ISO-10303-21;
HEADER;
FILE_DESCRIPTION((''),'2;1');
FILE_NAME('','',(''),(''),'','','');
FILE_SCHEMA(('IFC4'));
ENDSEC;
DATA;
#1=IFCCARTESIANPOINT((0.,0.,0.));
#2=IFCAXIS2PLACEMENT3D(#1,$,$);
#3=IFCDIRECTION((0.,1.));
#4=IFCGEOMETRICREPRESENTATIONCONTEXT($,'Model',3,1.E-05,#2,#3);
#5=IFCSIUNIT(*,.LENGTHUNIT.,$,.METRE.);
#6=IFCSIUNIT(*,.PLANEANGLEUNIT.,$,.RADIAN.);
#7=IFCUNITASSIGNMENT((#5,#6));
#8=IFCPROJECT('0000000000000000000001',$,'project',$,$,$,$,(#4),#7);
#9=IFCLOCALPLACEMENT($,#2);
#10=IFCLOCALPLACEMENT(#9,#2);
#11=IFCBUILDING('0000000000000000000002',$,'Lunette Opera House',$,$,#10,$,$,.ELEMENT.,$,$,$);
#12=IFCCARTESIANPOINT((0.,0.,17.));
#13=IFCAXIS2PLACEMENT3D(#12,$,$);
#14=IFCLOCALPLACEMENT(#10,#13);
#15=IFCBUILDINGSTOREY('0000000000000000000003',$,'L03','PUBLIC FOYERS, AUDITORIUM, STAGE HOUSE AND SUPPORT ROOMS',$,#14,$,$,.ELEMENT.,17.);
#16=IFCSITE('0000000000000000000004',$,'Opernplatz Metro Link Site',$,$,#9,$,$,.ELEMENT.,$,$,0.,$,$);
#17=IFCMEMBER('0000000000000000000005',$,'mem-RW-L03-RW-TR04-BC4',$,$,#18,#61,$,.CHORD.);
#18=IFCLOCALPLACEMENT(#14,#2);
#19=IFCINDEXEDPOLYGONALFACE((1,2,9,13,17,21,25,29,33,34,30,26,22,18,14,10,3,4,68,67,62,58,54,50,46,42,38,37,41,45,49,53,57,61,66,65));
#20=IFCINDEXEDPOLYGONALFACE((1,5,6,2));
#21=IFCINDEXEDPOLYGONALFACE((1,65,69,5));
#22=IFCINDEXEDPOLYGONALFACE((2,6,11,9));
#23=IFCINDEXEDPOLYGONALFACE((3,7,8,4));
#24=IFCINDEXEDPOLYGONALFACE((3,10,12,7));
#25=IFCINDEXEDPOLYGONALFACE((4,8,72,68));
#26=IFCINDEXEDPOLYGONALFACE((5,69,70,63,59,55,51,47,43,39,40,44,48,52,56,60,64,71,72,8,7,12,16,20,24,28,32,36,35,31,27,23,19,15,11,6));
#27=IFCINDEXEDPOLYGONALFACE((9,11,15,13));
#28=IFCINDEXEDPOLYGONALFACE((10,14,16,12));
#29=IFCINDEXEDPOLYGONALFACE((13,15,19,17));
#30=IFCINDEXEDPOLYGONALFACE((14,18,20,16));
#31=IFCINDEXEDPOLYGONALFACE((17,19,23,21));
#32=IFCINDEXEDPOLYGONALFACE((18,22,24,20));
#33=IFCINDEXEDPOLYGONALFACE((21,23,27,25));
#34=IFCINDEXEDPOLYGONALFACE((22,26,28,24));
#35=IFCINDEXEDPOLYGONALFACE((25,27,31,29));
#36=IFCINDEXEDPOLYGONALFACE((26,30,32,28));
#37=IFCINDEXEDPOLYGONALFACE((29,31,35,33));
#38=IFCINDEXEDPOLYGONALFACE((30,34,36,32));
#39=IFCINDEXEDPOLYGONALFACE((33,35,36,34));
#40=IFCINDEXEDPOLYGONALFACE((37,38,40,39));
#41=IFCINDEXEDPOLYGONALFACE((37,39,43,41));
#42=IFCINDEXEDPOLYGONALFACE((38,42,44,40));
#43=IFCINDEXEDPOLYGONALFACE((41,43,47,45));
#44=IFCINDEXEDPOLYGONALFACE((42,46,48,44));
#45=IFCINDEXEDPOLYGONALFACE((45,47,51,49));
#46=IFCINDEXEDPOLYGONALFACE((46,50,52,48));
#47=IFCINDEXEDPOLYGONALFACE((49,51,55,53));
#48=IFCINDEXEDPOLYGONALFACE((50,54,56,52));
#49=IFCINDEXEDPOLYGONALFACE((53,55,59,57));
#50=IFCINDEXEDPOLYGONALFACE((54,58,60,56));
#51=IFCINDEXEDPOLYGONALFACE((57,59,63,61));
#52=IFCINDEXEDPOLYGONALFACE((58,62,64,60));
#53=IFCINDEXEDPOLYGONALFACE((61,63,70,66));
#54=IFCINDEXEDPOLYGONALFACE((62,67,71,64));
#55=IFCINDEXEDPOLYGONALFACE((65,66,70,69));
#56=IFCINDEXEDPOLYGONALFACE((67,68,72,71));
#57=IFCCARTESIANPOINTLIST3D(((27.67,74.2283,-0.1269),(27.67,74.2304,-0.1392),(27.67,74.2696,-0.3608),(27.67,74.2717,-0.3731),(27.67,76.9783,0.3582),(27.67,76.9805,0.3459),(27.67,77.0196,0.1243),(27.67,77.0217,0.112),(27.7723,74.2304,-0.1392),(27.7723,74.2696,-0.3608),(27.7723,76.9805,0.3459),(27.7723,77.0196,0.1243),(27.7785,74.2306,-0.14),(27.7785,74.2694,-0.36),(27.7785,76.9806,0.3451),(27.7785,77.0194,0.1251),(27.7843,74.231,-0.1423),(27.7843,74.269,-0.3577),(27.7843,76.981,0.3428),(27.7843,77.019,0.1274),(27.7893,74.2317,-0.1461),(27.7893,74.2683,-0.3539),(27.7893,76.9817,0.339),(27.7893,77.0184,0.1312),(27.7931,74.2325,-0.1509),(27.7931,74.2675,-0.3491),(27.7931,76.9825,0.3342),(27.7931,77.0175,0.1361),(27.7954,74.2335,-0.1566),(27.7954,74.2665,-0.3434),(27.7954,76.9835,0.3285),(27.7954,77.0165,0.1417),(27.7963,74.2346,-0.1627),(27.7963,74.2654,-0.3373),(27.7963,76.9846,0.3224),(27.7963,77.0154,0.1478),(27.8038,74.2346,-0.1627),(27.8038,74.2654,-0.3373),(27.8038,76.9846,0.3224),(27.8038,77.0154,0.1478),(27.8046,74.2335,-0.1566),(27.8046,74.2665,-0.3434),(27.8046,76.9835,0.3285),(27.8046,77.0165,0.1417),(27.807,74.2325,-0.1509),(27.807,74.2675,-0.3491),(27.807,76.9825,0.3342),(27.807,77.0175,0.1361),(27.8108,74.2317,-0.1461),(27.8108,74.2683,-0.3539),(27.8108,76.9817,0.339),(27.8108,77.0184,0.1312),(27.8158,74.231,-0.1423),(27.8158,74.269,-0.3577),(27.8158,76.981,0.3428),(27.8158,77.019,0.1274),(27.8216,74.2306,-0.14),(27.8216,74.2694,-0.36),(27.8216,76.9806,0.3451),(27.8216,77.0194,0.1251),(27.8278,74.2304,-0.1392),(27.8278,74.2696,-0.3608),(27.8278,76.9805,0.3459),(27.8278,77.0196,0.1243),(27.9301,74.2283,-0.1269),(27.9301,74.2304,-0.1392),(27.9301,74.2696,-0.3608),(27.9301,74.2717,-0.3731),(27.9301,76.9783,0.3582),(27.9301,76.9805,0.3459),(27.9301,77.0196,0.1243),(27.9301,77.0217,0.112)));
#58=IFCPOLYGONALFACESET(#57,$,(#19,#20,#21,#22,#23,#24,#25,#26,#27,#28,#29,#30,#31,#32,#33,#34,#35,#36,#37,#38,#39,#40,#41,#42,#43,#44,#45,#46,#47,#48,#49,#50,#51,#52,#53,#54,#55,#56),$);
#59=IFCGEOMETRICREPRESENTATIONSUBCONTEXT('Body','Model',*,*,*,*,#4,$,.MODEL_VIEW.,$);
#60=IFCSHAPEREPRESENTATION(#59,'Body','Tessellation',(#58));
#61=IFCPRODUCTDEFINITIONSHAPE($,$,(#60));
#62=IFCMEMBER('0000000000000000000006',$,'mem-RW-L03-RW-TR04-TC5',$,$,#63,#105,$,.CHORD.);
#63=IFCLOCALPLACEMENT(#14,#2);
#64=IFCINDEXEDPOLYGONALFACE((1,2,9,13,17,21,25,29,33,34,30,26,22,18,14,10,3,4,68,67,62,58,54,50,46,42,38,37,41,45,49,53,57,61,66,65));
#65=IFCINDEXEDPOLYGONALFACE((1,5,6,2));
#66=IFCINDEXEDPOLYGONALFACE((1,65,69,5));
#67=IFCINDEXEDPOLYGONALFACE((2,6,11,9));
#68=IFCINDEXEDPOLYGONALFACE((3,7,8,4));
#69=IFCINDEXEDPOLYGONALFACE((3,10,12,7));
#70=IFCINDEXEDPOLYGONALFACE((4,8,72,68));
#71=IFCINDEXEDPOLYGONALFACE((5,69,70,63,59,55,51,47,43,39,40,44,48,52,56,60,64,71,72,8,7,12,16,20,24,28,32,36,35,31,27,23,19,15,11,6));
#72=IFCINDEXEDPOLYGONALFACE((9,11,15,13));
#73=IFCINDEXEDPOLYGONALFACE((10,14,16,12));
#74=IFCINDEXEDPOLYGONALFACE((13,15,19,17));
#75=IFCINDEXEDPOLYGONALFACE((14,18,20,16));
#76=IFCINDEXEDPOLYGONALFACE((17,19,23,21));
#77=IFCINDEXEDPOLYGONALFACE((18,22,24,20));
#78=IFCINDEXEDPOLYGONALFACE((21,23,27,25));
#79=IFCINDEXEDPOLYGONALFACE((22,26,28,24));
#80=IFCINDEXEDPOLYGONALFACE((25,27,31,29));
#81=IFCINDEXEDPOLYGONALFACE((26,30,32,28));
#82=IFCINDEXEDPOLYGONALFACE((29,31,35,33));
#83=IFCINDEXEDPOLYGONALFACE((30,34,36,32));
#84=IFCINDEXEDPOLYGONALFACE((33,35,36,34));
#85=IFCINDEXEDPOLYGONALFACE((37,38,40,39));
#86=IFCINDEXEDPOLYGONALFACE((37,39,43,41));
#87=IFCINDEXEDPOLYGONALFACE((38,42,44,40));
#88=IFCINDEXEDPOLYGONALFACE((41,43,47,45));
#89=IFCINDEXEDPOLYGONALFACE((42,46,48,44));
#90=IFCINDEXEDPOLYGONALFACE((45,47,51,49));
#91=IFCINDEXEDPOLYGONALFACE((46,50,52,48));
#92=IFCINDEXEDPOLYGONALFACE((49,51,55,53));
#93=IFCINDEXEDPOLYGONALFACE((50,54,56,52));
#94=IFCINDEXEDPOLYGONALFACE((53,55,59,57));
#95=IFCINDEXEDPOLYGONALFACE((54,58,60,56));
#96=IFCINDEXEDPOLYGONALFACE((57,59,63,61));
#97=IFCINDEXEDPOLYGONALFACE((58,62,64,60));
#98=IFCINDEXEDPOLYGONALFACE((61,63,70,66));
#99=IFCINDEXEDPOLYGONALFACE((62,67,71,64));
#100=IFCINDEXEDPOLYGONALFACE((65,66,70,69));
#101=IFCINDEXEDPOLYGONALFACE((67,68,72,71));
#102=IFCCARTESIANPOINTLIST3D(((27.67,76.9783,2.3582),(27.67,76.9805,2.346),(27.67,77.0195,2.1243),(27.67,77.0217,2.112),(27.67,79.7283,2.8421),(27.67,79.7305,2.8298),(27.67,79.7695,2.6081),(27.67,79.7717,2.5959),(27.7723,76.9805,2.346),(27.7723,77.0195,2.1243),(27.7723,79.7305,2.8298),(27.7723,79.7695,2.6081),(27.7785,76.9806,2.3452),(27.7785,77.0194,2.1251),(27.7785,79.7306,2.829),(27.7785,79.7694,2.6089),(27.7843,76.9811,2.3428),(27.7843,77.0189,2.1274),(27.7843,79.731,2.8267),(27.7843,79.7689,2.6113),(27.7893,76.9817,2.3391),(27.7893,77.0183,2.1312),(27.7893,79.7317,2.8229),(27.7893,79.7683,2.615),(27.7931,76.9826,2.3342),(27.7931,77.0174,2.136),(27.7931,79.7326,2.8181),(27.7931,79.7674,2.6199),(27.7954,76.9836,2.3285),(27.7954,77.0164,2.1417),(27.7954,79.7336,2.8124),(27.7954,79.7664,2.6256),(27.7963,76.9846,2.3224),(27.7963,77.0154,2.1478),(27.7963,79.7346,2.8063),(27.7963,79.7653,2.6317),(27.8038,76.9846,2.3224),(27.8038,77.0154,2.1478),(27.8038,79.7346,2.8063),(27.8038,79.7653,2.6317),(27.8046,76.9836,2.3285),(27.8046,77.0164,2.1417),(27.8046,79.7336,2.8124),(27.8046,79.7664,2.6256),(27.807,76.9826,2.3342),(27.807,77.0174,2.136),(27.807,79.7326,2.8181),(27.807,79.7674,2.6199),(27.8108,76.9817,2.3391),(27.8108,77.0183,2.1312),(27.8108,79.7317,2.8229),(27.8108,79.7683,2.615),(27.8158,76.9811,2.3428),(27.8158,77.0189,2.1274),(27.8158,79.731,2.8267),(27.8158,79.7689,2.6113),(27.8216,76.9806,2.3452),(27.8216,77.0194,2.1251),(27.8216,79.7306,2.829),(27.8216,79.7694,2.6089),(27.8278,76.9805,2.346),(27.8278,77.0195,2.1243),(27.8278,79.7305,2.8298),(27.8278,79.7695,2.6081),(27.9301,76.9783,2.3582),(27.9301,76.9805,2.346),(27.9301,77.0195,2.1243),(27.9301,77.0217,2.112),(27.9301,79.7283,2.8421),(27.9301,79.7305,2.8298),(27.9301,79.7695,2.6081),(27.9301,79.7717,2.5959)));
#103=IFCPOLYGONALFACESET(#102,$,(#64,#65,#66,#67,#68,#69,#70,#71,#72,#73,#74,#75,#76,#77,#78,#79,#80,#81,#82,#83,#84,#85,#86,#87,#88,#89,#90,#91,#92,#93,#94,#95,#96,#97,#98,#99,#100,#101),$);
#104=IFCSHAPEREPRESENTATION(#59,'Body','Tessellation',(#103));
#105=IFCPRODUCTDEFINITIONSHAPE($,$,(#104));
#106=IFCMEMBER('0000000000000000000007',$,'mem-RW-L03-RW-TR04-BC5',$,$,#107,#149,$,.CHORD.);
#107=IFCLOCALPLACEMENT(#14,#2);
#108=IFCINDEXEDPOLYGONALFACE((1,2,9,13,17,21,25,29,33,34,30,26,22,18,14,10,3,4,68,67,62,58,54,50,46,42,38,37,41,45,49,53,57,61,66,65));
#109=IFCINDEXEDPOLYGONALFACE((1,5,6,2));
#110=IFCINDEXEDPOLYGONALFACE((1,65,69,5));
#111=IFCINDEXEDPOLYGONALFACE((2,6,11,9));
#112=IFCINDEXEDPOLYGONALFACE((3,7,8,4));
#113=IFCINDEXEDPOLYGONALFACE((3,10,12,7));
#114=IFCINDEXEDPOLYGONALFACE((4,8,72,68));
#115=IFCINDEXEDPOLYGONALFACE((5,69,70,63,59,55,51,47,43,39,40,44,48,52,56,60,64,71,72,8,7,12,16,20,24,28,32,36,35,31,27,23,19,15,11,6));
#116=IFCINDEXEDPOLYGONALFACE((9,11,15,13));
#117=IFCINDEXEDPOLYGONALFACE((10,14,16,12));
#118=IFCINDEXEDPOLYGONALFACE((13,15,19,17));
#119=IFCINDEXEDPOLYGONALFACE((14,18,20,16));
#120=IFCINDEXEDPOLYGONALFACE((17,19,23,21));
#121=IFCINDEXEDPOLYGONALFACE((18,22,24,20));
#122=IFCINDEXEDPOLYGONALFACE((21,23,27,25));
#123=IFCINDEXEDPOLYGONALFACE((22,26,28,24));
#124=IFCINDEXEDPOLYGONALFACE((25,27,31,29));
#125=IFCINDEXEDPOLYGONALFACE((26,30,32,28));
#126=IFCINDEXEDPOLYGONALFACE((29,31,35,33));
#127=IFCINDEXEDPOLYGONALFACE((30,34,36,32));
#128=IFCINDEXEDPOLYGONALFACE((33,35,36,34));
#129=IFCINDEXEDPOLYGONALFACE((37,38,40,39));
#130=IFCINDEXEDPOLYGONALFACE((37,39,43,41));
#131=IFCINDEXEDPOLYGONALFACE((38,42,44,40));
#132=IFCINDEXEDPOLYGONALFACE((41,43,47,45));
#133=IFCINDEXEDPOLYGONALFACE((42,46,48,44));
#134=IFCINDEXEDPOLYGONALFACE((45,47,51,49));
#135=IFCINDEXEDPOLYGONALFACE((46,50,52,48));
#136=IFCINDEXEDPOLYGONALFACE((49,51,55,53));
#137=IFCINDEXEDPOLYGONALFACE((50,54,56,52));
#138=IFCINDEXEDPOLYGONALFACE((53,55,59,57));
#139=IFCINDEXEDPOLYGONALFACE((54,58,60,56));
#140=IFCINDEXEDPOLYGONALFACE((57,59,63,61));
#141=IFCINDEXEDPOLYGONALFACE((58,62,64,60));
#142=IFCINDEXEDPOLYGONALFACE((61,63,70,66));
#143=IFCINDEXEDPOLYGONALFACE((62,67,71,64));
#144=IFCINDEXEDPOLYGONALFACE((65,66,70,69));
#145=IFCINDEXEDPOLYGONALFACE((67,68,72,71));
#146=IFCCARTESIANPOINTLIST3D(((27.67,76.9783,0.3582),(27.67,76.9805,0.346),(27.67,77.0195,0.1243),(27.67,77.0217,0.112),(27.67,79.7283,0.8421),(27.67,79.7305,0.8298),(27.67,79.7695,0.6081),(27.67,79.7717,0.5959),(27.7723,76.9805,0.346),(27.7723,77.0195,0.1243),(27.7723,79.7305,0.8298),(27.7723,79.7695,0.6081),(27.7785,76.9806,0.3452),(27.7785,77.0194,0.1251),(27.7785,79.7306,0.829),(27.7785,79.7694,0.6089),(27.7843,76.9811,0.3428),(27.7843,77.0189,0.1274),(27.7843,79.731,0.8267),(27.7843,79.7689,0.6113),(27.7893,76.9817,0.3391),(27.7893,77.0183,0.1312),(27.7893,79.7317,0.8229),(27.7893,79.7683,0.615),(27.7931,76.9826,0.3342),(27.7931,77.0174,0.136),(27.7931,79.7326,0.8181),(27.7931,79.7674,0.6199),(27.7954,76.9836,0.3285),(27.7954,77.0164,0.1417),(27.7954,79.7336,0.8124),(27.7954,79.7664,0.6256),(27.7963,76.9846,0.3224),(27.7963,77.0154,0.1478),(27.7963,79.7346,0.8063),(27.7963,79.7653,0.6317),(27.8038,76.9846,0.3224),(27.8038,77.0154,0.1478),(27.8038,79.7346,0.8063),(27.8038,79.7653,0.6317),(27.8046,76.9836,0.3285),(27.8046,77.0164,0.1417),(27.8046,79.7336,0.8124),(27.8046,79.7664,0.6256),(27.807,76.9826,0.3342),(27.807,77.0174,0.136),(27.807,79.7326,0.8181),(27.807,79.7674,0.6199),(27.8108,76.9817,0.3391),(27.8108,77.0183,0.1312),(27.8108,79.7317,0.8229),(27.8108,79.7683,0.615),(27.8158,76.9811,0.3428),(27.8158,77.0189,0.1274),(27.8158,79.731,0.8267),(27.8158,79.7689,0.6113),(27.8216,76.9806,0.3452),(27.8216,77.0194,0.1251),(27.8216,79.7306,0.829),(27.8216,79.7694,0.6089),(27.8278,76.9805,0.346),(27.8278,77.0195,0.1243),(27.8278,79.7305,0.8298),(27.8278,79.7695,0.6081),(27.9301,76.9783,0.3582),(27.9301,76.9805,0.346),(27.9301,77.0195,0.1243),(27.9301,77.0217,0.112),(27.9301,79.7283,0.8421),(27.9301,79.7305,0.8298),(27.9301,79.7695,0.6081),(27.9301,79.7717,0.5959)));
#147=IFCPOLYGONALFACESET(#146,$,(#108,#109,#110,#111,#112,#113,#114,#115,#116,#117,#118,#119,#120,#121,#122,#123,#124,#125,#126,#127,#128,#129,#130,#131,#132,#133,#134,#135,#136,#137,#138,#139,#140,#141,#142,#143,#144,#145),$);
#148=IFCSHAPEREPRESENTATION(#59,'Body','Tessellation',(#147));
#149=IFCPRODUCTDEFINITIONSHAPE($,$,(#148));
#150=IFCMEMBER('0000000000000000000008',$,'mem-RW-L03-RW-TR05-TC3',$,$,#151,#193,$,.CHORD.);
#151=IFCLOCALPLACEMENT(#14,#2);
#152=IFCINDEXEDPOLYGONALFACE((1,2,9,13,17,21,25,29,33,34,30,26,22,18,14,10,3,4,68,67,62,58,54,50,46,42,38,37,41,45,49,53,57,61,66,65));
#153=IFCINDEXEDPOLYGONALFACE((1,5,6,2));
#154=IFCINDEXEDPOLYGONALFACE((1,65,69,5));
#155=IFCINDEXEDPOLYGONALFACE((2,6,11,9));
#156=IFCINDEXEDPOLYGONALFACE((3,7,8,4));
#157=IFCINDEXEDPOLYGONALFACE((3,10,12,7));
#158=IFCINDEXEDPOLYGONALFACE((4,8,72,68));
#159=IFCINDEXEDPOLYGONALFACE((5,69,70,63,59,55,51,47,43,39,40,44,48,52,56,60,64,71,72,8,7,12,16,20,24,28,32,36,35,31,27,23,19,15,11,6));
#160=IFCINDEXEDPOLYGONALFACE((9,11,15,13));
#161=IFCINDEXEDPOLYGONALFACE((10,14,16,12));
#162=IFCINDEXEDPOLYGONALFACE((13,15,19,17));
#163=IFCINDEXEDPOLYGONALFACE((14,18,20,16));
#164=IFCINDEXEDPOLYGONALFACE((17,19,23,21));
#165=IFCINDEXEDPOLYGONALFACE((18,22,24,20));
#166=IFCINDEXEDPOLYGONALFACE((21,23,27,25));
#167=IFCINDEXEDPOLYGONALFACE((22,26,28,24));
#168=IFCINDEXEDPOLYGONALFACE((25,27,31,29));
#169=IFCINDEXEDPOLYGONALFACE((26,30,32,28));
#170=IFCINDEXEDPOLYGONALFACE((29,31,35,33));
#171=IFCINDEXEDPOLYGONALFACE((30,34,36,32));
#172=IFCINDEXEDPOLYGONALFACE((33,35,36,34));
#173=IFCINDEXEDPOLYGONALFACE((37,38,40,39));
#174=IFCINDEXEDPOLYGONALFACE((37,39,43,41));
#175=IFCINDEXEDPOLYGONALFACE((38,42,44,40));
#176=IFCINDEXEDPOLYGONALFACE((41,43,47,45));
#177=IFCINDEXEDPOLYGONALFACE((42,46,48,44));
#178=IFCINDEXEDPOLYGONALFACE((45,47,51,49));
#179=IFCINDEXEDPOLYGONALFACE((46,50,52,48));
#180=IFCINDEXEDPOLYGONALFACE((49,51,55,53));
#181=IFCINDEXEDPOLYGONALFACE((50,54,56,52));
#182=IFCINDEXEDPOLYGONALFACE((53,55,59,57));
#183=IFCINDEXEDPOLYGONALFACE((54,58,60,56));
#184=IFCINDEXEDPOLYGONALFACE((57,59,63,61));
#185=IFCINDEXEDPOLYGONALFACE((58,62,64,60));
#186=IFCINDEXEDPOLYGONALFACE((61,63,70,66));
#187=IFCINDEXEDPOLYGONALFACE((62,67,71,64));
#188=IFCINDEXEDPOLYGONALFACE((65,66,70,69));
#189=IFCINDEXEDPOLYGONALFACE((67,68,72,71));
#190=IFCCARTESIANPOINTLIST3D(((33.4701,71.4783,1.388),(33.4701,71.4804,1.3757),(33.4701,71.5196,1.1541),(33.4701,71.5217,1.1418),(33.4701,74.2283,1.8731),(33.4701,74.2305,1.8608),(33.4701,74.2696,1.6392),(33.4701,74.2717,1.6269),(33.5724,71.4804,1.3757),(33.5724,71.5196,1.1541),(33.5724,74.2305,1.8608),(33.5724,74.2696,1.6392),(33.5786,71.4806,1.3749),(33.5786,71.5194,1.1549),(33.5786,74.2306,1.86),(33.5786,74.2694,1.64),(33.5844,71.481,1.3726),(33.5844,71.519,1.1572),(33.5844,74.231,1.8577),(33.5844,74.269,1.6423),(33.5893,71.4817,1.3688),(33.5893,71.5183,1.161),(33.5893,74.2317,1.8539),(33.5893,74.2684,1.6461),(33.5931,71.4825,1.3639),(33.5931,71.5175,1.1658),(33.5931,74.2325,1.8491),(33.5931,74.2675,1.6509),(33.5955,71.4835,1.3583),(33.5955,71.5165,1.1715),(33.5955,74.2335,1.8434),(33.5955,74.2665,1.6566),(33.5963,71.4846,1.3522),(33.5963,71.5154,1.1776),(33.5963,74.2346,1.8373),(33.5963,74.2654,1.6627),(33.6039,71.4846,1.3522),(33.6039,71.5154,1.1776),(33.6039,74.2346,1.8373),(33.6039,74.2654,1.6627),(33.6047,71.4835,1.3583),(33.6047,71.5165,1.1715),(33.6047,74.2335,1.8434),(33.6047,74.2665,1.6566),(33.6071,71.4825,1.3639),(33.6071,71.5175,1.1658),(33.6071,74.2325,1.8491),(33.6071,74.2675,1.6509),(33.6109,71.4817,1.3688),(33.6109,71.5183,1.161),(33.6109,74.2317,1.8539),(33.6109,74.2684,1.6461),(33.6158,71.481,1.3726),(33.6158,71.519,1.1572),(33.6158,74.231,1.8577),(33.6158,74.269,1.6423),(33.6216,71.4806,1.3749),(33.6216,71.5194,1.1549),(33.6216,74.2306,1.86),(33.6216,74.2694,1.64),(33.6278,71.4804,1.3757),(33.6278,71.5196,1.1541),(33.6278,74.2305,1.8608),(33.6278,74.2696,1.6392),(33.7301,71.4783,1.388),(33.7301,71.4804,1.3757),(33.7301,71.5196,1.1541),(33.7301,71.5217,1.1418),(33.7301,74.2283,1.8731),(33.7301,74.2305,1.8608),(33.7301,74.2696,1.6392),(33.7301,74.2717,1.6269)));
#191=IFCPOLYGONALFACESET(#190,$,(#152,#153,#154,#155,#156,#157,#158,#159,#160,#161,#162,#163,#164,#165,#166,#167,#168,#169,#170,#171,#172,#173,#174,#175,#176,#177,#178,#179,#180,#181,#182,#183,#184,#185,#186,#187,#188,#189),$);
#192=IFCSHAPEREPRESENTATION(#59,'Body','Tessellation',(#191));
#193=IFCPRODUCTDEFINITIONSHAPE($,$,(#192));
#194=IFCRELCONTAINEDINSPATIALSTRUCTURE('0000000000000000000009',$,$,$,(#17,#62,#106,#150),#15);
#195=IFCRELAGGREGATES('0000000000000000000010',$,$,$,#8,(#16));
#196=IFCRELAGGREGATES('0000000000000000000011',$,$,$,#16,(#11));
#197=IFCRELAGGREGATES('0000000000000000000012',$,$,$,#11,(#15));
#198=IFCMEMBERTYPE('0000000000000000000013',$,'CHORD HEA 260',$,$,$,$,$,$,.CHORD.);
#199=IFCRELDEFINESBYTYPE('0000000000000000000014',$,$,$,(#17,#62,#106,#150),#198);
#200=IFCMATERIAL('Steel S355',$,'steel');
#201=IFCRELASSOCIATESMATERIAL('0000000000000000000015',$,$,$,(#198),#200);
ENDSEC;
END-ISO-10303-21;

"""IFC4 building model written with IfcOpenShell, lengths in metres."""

from ifc_helpers import new_model, si_unit, direction, frame, origin, origin_2d, place, context, subcontext, project, spatial, i_section, extrude, material, material_profile, profile_set, type_object, element, save


model = new_model("IFC4")

# Units and contexts
model_context = context("Model", 3, precision=1e-05, world=origin(), true_north=direction((0.0, 1.0)))
body_context = subcontext(model_context, "Body", "Model", "MODEL_VIEW")
ifc_project = project(units=[si_unit("LENGTHUNIT", "METRE"), si_unit("PLANEANGLEUNIT", "RADIAN")], contexts=[model_context])

# Site, building, storey
site_placement = place(None, origin())
site = spatial("IfcSite", under=ifc_project, at=site_placement, Name="Opernplatz Metro Link Site", CompositionType="ELEMENT", RefElevation=0.0)
building_placement = place(site_placement, origin())
building = spatial("IfcBuilding", under=site, at=building_placement, Name="Lunette Opera House", CompositionType="ELEMENT")
storey_placement = place(building_placement, frame((0.0, 0.0, 17.0)))
storey = spatial("IfcBuildingStorey", under=building, at=storey_placement, Name="L03", Description="PUBLIC FOYERS, AUDITORIUM, STAGE HOUSE AND SUPPORT ROOMS", CompositionType="ELEMENT", Elevation=17.0)

# Members
ifc_material_1 = material(Name="Steel S355", Category="steel")
ifc_material_profile_1 = material_profile(ifc_material_1, i_section(OverallWidth=0.26, OverallDepth=0.25, WebThickness=0.0076, FlangeThickness=0.0125, FilletRadius=0.0239, at=origin_2d()), Name="HEA 260")
ifc_profile_set_1 = profile_set([ifc_material_profile_1], Name="Steel S355")
member_type_1 = type_object("IfcMemberType", Name="CHORD HEA 260", PredefinedType="CHORD", material=ifc_profile_set_1)
for number, where, z_axis, x_axis, name in (
    (1, (27.8, 74.25, -0.25), (0.0, 0.984795, 0.17372), (-1.0, 0.0, 0.0), "mem-RW-L03-RW-TR04-BC4"),
):
    element("IfcMember", number, at=place(storey_placement, frame(where, z_axis=z_axis, x_axis=x_axis)), inside=storey, type_object=member_type_1, Name=name, PredefinedType="CHORD", context=body_context, shape_type="SweptSolid", body=[
        extrude(i_section(OverallWidth=0.26, OverallDepth=0.25, WebThickness=0.0076, FlangeThickness=0.0125, FilletRadius=0.0239, at=origin_2d()), origin(), (0.0, 0.0, 1.0), 2.7925),
    ])
for number, where, z_axis, x_axis, name in (
    (2, (27.8, 77.0, 2.2351), (0.0, 0.98487, 0.173296), (-1.0, 0.0, 0.0), "mem-RW-L03-RW-TR04-TC5"),
    (3, (27.8, 77.0, 0.2351), (0.0, 0.98487, 0.173296), (-1.0, 0.0, 0.0), "mem-RW-L03-RW-TR04-BC5"),
):
    element("IfcMember", number, at=place(storey_placement, frame(where, z_axis=z_axis, x_axis=x_axis)), inside=storey, type_object=member_type_1, Name=name, PredefinedType="CHORD", context=body_context, shape_type="SweptSolid", body=[
        extrude(i_section(OverallWidth=0.26, OverallDepth=0.25, WebThickness=0.0076, FlangeThickness=0.0125, FilletRadius=0.0239, at=origin_2d()), origin(), (0.0, 0.0, 1.0), 2.7922),
    ])
for number, where, z_axis, x_axis, name in (
    (4, (33.6001, 71.5, 1.2649), (0.0, 0.984795, 0.17372), (-1.0, 0.0, 0.0), "mem-RW-L03-RW-TR05-TC3"),
):
    element("IfcMember", number, at=place(storey_placement, frame(where, z_axis=z_axis, x_axis=x_axis)), inside=storey, type_object=member_type_1, Name=name, PredefinedType="CHORD", context=body_context, shape_type="SweptSolid", body=[
        extrude(i_section(OverallWidth=0.26, OverallDepth=0.25, WebThickness=0.0076, FlangeThickness=0.0125, FilletRadius=0.0239, at=origin_2d()), origin(), (0.0, 0.0, 1.0), 2.7925),
    ])

save(model, "model.ifc")
